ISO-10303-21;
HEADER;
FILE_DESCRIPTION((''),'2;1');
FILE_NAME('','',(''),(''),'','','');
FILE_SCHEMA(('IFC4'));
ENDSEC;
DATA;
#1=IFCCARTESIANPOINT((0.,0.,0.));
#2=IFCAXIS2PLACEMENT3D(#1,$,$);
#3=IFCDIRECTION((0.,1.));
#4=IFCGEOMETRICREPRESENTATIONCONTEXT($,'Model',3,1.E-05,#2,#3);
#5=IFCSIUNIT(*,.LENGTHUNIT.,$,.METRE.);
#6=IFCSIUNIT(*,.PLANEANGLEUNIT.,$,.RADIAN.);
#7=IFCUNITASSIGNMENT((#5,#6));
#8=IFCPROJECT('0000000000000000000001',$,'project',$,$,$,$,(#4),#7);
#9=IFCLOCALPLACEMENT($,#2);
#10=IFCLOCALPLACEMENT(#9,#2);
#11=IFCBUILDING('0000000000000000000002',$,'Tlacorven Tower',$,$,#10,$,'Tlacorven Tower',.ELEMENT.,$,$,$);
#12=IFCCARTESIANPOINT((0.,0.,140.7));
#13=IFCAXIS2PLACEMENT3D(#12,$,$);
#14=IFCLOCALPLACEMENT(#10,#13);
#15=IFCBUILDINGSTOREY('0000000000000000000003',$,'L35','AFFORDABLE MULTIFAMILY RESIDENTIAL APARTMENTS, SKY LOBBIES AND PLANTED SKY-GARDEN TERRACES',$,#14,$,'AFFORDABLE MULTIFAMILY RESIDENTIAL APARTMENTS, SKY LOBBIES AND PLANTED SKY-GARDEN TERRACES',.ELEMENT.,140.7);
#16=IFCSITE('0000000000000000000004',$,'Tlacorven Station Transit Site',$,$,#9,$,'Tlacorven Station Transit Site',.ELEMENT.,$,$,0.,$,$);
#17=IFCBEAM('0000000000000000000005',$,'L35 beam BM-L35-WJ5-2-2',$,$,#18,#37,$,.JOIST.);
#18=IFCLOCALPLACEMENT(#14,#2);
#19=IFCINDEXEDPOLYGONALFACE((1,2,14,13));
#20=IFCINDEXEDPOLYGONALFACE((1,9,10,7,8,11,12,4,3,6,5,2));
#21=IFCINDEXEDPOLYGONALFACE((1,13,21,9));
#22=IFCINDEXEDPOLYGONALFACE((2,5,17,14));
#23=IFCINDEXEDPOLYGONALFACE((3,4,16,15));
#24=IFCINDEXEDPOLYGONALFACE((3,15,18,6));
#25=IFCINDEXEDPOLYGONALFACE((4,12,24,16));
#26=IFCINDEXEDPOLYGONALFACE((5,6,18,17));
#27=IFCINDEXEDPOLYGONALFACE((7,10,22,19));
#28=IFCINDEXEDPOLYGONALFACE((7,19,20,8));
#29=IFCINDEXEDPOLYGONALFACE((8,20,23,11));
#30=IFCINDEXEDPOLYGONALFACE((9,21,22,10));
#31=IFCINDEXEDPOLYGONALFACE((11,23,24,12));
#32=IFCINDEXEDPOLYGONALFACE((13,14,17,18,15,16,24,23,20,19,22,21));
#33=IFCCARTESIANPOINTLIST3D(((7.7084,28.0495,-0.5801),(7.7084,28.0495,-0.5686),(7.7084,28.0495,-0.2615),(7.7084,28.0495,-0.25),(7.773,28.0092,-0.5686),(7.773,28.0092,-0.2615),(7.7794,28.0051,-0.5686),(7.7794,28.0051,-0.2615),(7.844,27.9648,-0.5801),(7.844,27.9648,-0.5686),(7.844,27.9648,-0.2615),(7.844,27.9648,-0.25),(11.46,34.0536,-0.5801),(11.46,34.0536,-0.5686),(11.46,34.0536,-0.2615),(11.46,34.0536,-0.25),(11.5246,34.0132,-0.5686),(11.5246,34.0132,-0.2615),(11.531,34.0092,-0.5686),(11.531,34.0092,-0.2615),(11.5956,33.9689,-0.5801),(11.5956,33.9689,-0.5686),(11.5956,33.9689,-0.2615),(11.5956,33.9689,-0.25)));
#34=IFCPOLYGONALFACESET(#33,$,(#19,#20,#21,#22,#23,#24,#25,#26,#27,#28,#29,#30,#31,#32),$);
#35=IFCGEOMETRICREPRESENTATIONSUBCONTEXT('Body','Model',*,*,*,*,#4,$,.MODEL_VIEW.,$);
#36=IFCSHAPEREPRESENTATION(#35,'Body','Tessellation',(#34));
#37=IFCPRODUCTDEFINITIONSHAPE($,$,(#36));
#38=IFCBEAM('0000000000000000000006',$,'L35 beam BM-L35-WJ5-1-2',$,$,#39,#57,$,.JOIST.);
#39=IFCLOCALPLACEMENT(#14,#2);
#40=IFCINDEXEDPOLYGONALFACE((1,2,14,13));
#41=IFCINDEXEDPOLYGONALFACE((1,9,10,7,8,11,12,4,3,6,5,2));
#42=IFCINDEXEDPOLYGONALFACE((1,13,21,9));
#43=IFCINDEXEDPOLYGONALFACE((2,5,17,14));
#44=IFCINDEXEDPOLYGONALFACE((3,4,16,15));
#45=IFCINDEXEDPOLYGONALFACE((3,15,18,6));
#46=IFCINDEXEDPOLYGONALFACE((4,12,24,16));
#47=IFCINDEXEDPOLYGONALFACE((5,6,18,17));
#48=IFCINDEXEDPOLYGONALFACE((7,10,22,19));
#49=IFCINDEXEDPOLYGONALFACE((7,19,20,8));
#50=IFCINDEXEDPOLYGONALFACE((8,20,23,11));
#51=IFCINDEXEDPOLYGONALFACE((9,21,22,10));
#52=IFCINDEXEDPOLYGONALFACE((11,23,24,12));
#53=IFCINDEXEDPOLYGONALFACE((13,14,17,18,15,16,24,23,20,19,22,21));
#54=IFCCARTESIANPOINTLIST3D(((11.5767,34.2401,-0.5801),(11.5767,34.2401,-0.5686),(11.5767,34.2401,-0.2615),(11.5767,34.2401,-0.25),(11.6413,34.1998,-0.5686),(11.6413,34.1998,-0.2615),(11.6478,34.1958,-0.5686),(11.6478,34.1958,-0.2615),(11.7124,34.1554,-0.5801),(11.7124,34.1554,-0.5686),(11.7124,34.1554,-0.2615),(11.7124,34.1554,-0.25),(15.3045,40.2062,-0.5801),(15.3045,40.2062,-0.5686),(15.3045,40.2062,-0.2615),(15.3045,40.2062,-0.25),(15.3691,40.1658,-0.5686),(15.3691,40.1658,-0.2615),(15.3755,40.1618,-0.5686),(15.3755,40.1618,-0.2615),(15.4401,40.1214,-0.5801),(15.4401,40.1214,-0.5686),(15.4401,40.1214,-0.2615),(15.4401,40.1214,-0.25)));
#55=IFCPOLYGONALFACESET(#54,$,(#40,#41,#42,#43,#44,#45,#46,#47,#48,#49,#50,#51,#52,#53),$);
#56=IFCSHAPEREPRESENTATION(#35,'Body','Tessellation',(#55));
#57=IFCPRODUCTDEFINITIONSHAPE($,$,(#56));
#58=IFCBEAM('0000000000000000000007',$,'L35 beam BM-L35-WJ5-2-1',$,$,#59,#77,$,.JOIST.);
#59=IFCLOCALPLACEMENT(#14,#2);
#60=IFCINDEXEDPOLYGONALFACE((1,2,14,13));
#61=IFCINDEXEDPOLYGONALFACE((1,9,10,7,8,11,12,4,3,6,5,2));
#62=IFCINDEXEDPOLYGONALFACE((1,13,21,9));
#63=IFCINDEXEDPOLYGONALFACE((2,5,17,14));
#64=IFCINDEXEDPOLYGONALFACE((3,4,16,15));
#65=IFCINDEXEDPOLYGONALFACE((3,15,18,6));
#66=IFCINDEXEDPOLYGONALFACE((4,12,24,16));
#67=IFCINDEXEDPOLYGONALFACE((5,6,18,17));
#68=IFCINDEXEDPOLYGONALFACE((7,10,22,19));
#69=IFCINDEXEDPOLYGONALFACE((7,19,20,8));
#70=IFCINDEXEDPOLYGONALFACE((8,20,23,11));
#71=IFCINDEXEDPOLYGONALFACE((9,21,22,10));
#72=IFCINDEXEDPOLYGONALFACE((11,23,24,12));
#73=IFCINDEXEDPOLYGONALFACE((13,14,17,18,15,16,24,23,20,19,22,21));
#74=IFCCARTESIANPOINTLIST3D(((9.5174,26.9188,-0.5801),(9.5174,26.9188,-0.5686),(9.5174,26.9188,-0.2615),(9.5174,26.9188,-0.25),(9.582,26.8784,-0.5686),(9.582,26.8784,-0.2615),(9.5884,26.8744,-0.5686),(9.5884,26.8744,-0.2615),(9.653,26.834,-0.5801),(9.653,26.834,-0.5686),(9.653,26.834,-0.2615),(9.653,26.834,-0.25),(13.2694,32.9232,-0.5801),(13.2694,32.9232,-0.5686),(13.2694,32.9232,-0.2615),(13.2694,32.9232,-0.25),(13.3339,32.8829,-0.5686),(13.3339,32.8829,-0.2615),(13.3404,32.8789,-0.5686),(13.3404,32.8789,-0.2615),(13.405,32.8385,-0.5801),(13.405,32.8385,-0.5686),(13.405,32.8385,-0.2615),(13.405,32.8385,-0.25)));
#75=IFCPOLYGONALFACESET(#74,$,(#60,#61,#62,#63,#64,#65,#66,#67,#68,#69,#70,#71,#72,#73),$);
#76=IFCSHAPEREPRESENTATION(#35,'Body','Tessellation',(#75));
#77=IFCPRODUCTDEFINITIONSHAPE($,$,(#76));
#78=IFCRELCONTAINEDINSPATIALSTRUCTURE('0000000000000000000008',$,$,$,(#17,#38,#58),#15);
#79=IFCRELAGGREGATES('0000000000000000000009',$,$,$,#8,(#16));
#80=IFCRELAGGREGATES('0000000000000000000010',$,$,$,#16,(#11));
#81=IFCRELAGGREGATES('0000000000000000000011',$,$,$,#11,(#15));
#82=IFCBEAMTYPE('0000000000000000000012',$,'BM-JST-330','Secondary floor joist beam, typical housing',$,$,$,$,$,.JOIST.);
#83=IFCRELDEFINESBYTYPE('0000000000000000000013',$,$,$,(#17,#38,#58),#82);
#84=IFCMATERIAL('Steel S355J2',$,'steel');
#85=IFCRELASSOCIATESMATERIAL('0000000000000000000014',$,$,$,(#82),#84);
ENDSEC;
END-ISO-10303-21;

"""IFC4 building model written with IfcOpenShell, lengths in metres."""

from ifc_helpers import new_model, si_unit, direction, frame, origin, origin_2d, place, context, subcontext, project, spatial, i_section, extrude, source, transform, mapped, material, material_profile, profile_set, type_object, element, save


model = new_model("IFC4")

# Units and contexts
model_context = context("Model", 3, precision=1e-05, world=origin(), true_north=direction((0.0, 1.0)))
body_context = subcontext(model_context, "Body", "Model", "MODEL_VIEW")
ifc_project = project(units=[si_unit("LENGTHUNIT", "METRE"), si_unit("PLANEANGLEUNIT", "RADIAN")], contexts=[model_context])

# Site, building, storey
site_placement = place(None, origin())
site = spatial("IfcSite", under=ifc_project, at=site_placement, Name="Tlacorven Station Transit Site", LongName="Tlacorven Station Transit Site", CompositionType="ELEMENT", RefElevation=0.0)
building_placement = place(site_placement, origin())
building = spatial("IfcBuilding", under=site, at=building_placement, Name="Tlacorven Tower", LongName="Tlacorven Tower", CompositionType="ELEMENT")
storey_placement = place(building_placement, frame((0.0, 0.0, 140.7)))
storey = spatial("IfcBuildingStorey", under=building, at=storey_placement, Name="L35", Description="AFFORDABLE MULTIFAMILY RESIDENTIAL APARTMENTS, SKY LOBBIES AND PLANTED SKY-GARDEN TERRACES", LongName="AFFORDABLE MULTIFAMILY RESIDENTIAL APARTMENTS, SKY LOBBIES AND PLANTED SKY-GARDEN TERRACES", CompositionType="ELEMENT", Elevation=140.7)

# Beams
ifc_material_1 = material(Name="Steel S355J2", Category="steel")
ifc_material_profile_1 = material_profile(ifc_material_1, i_section(OverallWidth=0.1599, OverallDepth=0.3301, WebThickness=0.0076, FlangeThickness=0.0115, at=origin_2d()), Name="IPE 330")
ifc_profile_set_1 = profile_set([ifc_material_profile_1], Name="Steel S355J2")
beam_type_1 = type_object("IfcBeamType", Name="BM-JST-330", Description="Secondary floor joist beam, typical housing", PredefinedType="JOIST", material=ifc_profile_set_1)
shared_shape_1 = source(origin(), body_context, "Body", "SweptSolid", [
    extrude(i_section(OverallWidth=0.1599, OverallDepth=0.3301, WebThickness=0.0076, FlangeThickness=0.0115, at=origin_2d()), origin(), (0.0, 0.0, 1.0), 7.0798),
])
beam_1_placement = place(storey_placement, frame((11.5278, 34.0112, -0.415), z_axis=(-0.529909, -0.848054, 0.0), x_axis=(0.848054, -0.529909, 0.0)))
element("IfcBeam", 1, at=beam_1_placement, inside=storey, type_object=beam_type_1, Name="L35 beam BM-L35-WJ5-2-2", PredefinedType="JOIST", context=body_context, shape_type="MappedRepresentation", body=[
    mapped(shared_shape_1, transform((0.0, 0.0, 0.0), scale=1.0)),
])
shared_shape_2 = source(origin(), body_context, "Body", "SweptSolid", [
    extrude(i_section(OverallWidth=0.1599, OverallDepth=0.3301, WebThickness=0.0076, FlangeThickness=0.0115, at=origin_2d()), origin(), (0.0, 0.0, 1.0), 7.0349),
])
beam_2_placement = place(storey_placement, frame((15.3723, 40.1638, -0.415), z_axis=(-0.529896, -0.848063, 0.0), x_axis=(0.848063, -0.529896, 0.0)))
element("IfcBeam", 2, at=beam_2_placement, inside=storey, type_object=beam_type_1, Name="L35 beam BM-L35-WJ5-1-2", PredefinedType="JOIST", context=body_context, shape_type="MappedRepresentation", body=[
    mapped(shared_shape_2, transform((0.0, 0.0, 0.0), scale=1.0)),
])
shared_shape_3 = source(origin(), body_context, "Body", "SweptSolid", [
    extrude(i_section(OverallWidth=0.1599, OverallDepth=0.3301, WebThickness=0.0076, FlangeThickness=0.0115, at=origin_2d()), origin(), (0.0, 0.0, 1.0), 7.0803),
])
beam_3_placement = place(storey_placement, frame((13.3372, 32.8809, -0.415), z_axis=(-0.529918, -0.848049, 0.0), x_axis=(0.848049, -0.529918, 0.0)))
element("IfcBeam", 3, at=beam_3_placement, inside=storey, type_object=beam_type_1, Name="L35 beam BM-L35-WJ5-2-1", PredefinedType="JOIST", context=body_context, shape_type="MappedRepresentation", body=[
    mapped(shared_shape_3, transform((0.0, 0.0, 0.0), scale=1.0)),
])

save(model, "model.ifc")
